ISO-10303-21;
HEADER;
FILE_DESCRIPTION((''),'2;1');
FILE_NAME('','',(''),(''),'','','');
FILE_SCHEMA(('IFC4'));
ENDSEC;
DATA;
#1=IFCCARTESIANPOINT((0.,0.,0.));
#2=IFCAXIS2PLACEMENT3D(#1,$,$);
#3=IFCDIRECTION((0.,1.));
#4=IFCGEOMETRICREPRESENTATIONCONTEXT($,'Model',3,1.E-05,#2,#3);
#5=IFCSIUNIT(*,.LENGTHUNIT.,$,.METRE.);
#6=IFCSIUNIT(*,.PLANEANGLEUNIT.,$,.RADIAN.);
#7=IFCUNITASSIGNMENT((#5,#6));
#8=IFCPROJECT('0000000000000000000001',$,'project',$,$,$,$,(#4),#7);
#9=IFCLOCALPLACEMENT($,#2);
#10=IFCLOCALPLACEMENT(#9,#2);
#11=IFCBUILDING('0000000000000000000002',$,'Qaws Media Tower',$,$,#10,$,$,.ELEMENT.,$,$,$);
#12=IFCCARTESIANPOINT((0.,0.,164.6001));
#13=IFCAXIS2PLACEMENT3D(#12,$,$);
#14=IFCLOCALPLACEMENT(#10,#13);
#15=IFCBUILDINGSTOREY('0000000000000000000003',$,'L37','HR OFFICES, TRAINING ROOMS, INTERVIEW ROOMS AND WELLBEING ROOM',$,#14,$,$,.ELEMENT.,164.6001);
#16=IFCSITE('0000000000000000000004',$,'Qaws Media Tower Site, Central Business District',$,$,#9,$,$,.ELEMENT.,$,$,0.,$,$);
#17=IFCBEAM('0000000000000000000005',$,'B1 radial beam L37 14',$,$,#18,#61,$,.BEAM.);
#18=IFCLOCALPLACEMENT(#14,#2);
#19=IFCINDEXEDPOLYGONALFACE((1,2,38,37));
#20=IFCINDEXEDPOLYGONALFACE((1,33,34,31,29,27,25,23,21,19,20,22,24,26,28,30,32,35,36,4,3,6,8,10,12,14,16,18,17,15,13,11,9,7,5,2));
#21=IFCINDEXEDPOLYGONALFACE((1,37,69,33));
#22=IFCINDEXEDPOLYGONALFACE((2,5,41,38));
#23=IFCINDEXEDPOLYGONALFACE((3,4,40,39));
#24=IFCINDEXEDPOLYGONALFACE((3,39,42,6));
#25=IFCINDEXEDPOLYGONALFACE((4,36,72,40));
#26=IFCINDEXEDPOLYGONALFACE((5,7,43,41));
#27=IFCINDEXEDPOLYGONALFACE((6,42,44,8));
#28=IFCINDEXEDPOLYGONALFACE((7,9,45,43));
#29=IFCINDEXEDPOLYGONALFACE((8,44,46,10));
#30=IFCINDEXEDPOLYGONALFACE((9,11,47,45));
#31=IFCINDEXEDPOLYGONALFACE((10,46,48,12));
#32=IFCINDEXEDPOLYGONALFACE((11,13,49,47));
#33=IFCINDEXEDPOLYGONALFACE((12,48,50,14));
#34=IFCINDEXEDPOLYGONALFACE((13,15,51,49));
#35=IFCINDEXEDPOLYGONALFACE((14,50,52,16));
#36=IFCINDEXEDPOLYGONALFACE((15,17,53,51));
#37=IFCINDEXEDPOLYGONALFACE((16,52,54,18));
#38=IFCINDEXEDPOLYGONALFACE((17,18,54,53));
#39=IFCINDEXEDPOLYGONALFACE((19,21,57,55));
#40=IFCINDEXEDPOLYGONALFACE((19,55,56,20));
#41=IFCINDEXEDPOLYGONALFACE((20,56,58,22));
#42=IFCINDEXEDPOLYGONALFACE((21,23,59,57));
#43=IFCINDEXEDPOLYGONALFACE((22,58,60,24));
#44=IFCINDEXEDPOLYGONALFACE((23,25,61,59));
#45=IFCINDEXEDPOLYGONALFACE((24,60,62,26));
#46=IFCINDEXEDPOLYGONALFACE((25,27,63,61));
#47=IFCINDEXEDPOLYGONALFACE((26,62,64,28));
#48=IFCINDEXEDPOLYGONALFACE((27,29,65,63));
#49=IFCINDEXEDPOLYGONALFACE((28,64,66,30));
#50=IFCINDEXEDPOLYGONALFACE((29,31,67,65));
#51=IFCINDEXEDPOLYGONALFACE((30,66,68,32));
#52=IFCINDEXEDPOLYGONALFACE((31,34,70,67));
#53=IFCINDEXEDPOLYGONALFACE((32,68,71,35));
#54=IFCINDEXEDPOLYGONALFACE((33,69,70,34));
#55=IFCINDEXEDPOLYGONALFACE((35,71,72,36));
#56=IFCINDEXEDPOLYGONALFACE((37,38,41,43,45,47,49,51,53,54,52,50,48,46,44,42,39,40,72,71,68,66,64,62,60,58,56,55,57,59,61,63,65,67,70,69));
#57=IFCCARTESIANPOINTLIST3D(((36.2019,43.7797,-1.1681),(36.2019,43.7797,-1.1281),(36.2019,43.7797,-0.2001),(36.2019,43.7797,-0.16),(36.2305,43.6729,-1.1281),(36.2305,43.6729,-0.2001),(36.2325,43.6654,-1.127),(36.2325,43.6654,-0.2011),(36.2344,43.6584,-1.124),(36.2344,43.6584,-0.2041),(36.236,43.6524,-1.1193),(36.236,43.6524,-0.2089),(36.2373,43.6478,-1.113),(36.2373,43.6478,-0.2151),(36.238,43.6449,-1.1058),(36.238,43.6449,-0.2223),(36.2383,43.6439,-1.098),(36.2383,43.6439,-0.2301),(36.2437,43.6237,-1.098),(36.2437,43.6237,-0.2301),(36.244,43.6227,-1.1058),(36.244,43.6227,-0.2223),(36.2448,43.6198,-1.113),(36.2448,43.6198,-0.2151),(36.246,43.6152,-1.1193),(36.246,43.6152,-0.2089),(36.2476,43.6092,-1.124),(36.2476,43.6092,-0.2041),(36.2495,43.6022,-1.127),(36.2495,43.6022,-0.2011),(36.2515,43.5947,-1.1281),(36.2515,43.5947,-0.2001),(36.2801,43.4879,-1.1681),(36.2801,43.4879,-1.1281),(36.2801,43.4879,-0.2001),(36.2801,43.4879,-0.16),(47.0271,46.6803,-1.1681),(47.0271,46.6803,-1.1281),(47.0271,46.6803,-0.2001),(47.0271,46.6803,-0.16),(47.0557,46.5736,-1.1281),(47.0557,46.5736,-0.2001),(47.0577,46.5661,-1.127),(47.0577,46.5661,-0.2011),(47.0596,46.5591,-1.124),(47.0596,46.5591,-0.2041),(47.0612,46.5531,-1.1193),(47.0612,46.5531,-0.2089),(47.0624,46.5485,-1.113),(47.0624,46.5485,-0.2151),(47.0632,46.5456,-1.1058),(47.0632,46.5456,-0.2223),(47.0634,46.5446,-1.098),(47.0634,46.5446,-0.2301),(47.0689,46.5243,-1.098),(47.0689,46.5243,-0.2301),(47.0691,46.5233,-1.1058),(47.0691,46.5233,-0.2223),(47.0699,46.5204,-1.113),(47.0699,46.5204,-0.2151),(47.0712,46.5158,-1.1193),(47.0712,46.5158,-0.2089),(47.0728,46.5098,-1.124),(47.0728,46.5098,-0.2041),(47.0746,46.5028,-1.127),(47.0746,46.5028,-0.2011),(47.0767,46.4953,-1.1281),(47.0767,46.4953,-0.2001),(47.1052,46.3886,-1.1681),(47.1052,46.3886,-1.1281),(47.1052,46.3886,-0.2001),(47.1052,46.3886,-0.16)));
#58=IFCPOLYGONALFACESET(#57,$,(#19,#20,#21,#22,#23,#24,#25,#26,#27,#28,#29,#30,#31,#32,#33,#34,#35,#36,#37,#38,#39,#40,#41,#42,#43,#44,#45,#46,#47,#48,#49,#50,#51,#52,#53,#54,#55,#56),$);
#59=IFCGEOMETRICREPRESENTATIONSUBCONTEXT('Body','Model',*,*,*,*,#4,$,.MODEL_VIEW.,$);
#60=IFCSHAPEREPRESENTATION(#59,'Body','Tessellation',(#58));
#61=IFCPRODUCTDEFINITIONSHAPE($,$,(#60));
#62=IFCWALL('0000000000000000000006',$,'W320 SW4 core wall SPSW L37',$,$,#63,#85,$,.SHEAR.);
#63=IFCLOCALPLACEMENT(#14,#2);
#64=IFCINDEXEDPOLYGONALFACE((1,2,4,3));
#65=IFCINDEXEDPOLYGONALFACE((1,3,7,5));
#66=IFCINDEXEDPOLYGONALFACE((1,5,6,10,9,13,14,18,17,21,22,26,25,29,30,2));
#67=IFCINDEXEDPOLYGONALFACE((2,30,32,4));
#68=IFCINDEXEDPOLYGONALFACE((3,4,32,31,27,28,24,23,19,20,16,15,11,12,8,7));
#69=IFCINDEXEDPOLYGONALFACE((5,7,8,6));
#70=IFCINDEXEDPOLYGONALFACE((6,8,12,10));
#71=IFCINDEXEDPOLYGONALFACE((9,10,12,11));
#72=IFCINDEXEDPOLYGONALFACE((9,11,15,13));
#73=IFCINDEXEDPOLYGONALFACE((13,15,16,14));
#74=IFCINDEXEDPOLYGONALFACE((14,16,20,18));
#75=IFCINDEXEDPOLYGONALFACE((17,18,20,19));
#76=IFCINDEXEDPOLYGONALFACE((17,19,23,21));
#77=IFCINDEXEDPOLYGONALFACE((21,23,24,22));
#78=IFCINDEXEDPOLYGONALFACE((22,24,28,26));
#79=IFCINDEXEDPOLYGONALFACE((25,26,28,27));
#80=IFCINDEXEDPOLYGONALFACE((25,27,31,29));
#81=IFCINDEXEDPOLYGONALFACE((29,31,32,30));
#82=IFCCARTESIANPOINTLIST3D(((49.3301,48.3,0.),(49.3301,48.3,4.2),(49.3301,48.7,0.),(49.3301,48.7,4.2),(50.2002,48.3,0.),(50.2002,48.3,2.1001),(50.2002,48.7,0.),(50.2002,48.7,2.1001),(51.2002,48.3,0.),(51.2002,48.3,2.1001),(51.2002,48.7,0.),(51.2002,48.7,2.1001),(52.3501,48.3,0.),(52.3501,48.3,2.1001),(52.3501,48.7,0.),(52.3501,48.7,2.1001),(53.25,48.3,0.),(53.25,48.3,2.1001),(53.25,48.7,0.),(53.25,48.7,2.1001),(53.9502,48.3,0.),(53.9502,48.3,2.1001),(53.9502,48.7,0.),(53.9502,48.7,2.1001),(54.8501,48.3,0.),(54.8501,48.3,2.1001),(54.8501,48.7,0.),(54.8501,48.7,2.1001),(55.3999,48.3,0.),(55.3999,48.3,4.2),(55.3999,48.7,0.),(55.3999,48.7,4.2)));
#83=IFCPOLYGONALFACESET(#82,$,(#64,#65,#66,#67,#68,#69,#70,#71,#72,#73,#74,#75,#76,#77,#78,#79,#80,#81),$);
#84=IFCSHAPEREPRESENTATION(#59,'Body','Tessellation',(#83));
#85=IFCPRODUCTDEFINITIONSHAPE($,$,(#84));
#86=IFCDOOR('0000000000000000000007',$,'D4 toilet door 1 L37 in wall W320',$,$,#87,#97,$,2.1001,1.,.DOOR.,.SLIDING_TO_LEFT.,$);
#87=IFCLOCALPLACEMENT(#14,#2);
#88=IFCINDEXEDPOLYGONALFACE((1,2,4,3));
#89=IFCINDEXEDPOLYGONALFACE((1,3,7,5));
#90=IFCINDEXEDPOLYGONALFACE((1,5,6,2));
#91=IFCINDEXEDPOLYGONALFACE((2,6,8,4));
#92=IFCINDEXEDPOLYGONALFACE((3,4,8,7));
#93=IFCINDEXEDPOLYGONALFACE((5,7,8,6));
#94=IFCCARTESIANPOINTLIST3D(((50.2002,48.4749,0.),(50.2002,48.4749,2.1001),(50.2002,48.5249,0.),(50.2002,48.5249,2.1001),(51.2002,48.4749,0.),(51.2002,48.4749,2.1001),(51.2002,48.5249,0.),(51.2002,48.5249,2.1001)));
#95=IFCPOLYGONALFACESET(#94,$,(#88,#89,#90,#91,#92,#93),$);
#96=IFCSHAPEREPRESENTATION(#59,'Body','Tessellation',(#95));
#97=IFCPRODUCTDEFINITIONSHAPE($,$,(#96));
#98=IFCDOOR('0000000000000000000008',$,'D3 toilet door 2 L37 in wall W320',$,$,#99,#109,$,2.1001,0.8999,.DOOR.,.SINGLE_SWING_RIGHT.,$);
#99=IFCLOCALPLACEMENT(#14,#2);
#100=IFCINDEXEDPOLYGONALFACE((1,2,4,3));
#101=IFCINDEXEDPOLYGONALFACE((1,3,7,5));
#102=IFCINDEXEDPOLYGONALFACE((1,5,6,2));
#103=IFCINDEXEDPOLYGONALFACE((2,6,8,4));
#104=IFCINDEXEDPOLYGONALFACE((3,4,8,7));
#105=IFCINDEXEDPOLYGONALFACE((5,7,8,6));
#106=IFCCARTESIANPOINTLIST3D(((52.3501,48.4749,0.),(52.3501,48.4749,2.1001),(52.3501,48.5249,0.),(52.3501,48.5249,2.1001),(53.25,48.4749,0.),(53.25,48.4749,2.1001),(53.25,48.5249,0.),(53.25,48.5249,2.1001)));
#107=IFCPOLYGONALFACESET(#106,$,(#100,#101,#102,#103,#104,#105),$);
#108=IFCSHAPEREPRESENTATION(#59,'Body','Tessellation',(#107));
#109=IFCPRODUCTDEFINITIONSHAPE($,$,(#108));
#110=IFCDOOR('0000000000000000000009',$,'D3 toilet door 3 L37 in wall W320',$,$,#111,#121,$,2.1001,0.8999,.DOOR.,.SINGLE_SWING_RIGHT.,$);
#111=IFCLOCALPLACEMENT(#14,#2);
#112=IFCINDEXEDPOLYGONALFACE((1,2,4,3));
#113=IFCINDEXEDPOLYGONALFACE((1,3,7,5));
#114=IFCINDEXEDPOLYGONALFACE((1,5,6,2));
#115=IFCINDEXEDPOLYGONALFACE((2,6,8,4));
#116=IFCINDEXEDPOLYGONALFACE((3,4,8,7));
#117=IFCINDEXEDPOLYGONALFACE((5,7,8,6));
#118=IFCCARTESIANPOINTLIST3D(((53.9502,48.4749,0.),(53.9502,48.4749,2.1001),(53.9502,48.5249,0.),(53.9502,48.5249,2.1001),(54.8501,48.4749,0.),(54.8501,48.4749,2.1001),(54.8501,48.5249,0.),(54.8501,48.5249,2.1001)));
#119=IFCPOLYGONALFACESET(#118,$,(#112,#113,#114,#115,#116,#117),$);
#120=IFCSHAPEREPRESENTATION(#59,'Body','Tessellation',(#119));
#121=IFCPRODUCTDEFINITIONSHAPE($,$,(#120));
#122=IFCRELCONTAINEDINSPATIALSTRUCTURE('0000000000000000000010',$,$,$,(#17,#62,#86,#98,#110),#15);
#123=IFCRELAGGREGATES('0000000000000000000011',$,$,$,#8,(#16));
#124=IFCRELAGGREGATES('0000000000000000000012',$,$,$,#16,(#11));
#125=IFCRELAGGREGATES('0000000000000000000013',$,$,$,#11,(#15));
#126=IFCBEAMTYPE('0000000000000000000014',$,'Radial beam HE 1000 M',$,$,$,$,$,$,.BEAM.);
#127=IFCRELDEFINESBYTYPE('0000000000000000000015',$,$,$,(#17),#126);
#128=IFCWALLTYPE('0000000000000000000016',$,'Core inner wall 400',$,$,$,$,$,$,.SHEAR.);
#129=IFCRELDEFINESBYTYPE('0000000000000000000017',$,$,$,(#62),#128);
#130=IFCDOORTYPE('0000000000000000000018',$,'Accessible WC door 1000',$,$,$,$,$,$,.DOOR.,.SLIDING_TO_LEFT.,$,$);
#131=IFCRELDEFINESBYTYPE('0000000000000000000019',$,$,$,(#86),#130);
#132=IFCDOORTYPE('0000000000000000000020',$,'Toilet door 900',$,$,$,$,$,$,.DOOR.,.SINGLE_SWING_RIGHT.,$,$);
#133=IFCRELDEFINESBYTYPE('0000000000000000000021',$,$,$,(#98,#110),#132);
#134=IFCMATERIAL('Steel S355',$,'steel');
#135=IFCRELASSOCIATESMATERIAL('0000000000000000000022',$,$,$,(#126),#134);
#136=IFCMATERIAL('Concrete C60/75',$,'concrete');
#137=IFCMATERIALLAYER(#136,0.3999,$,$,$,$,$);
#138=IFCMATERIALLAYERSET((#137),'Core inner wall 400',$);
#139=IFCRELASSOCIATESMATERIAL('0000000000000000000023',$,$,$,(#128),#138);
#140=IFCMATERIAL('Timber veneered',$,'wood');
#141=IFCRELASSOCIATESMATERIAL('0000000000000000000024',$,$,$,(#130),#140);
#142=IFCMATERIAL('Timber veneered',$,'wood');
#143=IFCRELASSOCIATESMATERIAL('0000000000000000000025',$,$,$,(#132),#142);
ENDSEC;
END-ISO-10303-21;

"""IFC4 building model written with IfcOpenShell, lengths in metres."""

from ifc_helpers import new_model, si_unit, direction, frame, frame_2d, origin, origin_2d, place, context, subcontext, project, spatial, rectangle, i_section, extrude, material, layer, layer_set, material_profile, profile_set, type_object, element, fill, save


model = new_model("IFC4")

# Units and contexts
model_context = context("Model", 3, precision=1e-05, world=origin(), true_north=direction((0.0, 1.0)))
body_context = subcontext(model_context, "Body", "Model", "MODEL_VIEW")
ifc_project = project(units=[si_unit("LENGTHUNIT", "METRE"), si_unit("PLANEANGLEUNIT", "RADIAN")], contexts=[model_context])

# Site, building, storey
site_placement = place(None, origin())
site = spatial("IfcSite", under=ifc_project, at=site_placement, Name="Qaws Media Tower Site, Central Business District", CompositionType="ELEMENT", RefElevation=0.0)
building_placement = place(site_placement, origin())
building = spatial("IfcBuilding", under=site, at=building_placement, Name="Qaws Media Tower", CompositionType="ELEMENT")
storey_placement = place(building_placement, frame((0.0, 0.0, 164.6001)))
storey = spatial("IfcBuildingStorey", under=building, at=storey_placement, Name="L37", Description="HR OFFICES, TRAINING ROOMS, INTERVIEW ROOMS AND WELLBEING ROOM", CompositionType="ELEMENT", Elevation=164.6001)

# Beam
ifc_material_1 = material(Name="Steel S355", Category="steel")
ifc_material_profile_1 = material_profile(ifc_material_1, i_section(OverallWidth=0.302, OverallDepth=1.0081, WebThickness=0.021, FlangeThickness=0.04, FilletRadius=0.03, at=origin_2d()), Name="HE 1000 M")
ifc_profile_set_1 = profile_set([ifc_material_profile_1], Name="Steel S355")
beam_type_1 = type_object("IfcBeamType", Name="Radial beam HE 1000 M", PredefinedType="BEAM", material=ifc_profile_set_1)
beam_1_placement = place(storey_placement, frame((47.0662, 46.5344, -0.6641), z_axis=(-0.965925, -0.258822, 0.0), x_axis=(0.258822, -0.965925, 0.0)))
element("IfcBeam", 1, at=beam_1_placement, inside=storey, type_object=beam_type_1, Name="B1 radial beam L37 14", PredefinedType="BEAM", context=body_context, shape_type="SweptSolid", body=[
    extrude(i_section(OverallWidth=0.302, OverallDepth=1.0081, WebThickness=0.021, FlangeThickness=0.04, FilletRadius=0.03, at=origin_2d()), origin(), (0.0, 0.0, 1.0), 11.207),
])

# Wall, openings, doors
ifc_material_2 = material(Name="Concrete C60/75", Category="concrete")
ifc_layer_1 = layer(ifc_material_2, 0.3999)
ifc_layer_set_1 = layer_set([ifc_layer_1], Name="Core inner wall 400")
wall_type_1 = type_object("IfcWallType", Name="Core inner wall 400", PredefinedType="SHEAR", material=ifc_layer_set_1)
wall_1_placement = place(storey_placement, frame((49.3301, 48.5, 0.0), z_axis=(0.0, 0.0, 1.0), x_axis=(1.0, 0.0, 0.0)))
wall_1 = element("IfcWall", 2, at=wall_1_placement, inside=storey, type_object=wall_type_1, Name="W320 SW4 core wall SPSW L37", PredefinedType="SHEAR", context=body_context, shape_type="SweptSolid", body=[
    extrude(rectangle(XDim=6.0698, YDim=0.3999, at=frame_2d((3.0349, 0.0))), origin(), (0.0, 0.0, 1.0), 4.2),
])
opening_1_placement = place(wall_1_placement, frame((0.8701, 0.0, 0.0)))
opening_1 = element("IfcOpeningElement", 3, at=opening_1_placement, cuts=wall_1, PredefinedType="OPENING", context=body_context, shape_type="SweptSolid", body=[
    extrude(rectangle(XDim=1.0, YDim=2.1001, at=frame_2d((0.5, 1.05))), frame((0.0, 0.21, 0.0), z_axis=(0.0, -1.0, 0.0), x_axis=(1.0, 0.0, 0.0)), (0.0, 0.0, 1.0), 0.4199),
])
opening_2_placement = place(wall_1_placement, frame((3.02, 0.0, 0.0)))
opening_2 = element("IfcOpeningElement", 4, at=opening_2_placement, cuts=wall_1, PredefinedType="OPENING", context=body_context, shape_type="SweptSolid", body=[
    extrude(rectangle(XDim=0.8999, YDim=2.1001, at=frame_2d((0.45, 1.05))), frame((0.0, 0.21, 0.0), z_axis=(0.0, -1.0, 0.0), x_axis=(1.0, 0.0, 0.0)), (0.0, 0.0, 1.0), 0.4199),
])
opening_3_placement = place(wall_1_placement, frame((4.6201, 0.0, 0.0)))
opening_3 = element("IfcOpeningElement", 5, at=opening_3_placement, cuts=wall_1, PredefinedType="OPENING", context=body_context, shape_type="SweptSolid", body=[
    extrude(rectangle(XDim=0.8999, YDim=2.1001, at=frame_2d((0.45, 1.05))), frame((0.0, 0.21, 0.0), z_axis=(0.0, -1.0, 0.0), x_axis=(1.0, 0.0, 0.0)), (0.0, 0.0, 1.0), 0.4199),
])
ifc_material_3 = material(Name="Timber veneered", Category="wood")
door_type_1 = type_object("IfcDoorType", Name="Accessible WC door 1000", OperationType="SLIDING_TO_LEFT", PredefinedType="DOOR", material=ifc_material_3)
door_1_placement = place(opening_1_placement, origin())
door_1 = element("IfcDoor", 6, at=door_1_placement, inside=storey, type_object=door_type_1, Name="D4 toilet door 1 L37 in wall W320", OperationType="SLIDING_TO_LEFT", OverallHeight=2.1001, OverallWidth=1.0, PredefinedType="DOOR", context=body_context, shape_type="SweptSolid", body=[
    extrude(rectangle(XDim=1.0, YDim=2.1001, at=frame_2d((0.5, 1.05))), frame((0.0, 0.0249, 0.0), z_axis=(0.0, -1.0, 0.0), x_axis=(1.0, 0.0, 0.0)), (0.0, 0.0, 1.0), 0.05),
])
fill(opening_1, door_1)
ifc_material_4 = material(Name="Timber veneered", Category="wood")
door_type_2 = type_object("IfcDoorType", Name="Toilet door 900", OperationType="SINGLE_SWING_RIGHT", PredefinedType="DOOR", material=ifc_material_4)
door_2_placement = place(opening_2_placement, origin())
door_2 = element("IfcDoor", 7, at=door_2_placement, inside=storey, type_object=door_type_2, Name="D3 toilet door 2 L37 in wall W320", OperationType="SINGLE_SWING_RIGHT", OverallHeight=2.1001, OverallWidth=0.8999, PredefinedType="DOOR", context=body_context, shape_type="SweptSolid", body=[
    extrude(rectangle(XDim=0.8999, YDim=2.1001, at=frame_2d((0.45, 1.05))), frame((0.0, 0.0249, 0.0), z_axis=(0.0, -1.0, 0.0), x_axis=(1.0, 0.0, 0.0)), (0.0, 0.0, 1.0), 0.05),
])
fill(opening_2, door_2)
door_3_placement = place(opening_3_placement, origin())
door_3 = element("IfcDoor", 8, at=door_3_placement, inside=storey, type_object=door_type_2, Name="D3 toilet door 3 L37 in wall W320", OperationType="SINGLE_SWING_RIGHT", OverallHeight=2.1001, OverallWidth=0.8999, PredefinedType="DOOR", context=body_context, shape_type="SweptSolid", body=[
    extrude(rectangle(XDim=0.8999, YDim=2.1001, at=frame_2d((0.45, 1.05))), frame((0.0, 0.0249, 0.0), z_axis=(0.0, -1.0, 0.0), x_axis=(1.0, 0.0, 0.0)), (0.0, 0.0, 1.0), 0.05),
])
fill(opening_3, door_3)

save(model, "model.ifc")
